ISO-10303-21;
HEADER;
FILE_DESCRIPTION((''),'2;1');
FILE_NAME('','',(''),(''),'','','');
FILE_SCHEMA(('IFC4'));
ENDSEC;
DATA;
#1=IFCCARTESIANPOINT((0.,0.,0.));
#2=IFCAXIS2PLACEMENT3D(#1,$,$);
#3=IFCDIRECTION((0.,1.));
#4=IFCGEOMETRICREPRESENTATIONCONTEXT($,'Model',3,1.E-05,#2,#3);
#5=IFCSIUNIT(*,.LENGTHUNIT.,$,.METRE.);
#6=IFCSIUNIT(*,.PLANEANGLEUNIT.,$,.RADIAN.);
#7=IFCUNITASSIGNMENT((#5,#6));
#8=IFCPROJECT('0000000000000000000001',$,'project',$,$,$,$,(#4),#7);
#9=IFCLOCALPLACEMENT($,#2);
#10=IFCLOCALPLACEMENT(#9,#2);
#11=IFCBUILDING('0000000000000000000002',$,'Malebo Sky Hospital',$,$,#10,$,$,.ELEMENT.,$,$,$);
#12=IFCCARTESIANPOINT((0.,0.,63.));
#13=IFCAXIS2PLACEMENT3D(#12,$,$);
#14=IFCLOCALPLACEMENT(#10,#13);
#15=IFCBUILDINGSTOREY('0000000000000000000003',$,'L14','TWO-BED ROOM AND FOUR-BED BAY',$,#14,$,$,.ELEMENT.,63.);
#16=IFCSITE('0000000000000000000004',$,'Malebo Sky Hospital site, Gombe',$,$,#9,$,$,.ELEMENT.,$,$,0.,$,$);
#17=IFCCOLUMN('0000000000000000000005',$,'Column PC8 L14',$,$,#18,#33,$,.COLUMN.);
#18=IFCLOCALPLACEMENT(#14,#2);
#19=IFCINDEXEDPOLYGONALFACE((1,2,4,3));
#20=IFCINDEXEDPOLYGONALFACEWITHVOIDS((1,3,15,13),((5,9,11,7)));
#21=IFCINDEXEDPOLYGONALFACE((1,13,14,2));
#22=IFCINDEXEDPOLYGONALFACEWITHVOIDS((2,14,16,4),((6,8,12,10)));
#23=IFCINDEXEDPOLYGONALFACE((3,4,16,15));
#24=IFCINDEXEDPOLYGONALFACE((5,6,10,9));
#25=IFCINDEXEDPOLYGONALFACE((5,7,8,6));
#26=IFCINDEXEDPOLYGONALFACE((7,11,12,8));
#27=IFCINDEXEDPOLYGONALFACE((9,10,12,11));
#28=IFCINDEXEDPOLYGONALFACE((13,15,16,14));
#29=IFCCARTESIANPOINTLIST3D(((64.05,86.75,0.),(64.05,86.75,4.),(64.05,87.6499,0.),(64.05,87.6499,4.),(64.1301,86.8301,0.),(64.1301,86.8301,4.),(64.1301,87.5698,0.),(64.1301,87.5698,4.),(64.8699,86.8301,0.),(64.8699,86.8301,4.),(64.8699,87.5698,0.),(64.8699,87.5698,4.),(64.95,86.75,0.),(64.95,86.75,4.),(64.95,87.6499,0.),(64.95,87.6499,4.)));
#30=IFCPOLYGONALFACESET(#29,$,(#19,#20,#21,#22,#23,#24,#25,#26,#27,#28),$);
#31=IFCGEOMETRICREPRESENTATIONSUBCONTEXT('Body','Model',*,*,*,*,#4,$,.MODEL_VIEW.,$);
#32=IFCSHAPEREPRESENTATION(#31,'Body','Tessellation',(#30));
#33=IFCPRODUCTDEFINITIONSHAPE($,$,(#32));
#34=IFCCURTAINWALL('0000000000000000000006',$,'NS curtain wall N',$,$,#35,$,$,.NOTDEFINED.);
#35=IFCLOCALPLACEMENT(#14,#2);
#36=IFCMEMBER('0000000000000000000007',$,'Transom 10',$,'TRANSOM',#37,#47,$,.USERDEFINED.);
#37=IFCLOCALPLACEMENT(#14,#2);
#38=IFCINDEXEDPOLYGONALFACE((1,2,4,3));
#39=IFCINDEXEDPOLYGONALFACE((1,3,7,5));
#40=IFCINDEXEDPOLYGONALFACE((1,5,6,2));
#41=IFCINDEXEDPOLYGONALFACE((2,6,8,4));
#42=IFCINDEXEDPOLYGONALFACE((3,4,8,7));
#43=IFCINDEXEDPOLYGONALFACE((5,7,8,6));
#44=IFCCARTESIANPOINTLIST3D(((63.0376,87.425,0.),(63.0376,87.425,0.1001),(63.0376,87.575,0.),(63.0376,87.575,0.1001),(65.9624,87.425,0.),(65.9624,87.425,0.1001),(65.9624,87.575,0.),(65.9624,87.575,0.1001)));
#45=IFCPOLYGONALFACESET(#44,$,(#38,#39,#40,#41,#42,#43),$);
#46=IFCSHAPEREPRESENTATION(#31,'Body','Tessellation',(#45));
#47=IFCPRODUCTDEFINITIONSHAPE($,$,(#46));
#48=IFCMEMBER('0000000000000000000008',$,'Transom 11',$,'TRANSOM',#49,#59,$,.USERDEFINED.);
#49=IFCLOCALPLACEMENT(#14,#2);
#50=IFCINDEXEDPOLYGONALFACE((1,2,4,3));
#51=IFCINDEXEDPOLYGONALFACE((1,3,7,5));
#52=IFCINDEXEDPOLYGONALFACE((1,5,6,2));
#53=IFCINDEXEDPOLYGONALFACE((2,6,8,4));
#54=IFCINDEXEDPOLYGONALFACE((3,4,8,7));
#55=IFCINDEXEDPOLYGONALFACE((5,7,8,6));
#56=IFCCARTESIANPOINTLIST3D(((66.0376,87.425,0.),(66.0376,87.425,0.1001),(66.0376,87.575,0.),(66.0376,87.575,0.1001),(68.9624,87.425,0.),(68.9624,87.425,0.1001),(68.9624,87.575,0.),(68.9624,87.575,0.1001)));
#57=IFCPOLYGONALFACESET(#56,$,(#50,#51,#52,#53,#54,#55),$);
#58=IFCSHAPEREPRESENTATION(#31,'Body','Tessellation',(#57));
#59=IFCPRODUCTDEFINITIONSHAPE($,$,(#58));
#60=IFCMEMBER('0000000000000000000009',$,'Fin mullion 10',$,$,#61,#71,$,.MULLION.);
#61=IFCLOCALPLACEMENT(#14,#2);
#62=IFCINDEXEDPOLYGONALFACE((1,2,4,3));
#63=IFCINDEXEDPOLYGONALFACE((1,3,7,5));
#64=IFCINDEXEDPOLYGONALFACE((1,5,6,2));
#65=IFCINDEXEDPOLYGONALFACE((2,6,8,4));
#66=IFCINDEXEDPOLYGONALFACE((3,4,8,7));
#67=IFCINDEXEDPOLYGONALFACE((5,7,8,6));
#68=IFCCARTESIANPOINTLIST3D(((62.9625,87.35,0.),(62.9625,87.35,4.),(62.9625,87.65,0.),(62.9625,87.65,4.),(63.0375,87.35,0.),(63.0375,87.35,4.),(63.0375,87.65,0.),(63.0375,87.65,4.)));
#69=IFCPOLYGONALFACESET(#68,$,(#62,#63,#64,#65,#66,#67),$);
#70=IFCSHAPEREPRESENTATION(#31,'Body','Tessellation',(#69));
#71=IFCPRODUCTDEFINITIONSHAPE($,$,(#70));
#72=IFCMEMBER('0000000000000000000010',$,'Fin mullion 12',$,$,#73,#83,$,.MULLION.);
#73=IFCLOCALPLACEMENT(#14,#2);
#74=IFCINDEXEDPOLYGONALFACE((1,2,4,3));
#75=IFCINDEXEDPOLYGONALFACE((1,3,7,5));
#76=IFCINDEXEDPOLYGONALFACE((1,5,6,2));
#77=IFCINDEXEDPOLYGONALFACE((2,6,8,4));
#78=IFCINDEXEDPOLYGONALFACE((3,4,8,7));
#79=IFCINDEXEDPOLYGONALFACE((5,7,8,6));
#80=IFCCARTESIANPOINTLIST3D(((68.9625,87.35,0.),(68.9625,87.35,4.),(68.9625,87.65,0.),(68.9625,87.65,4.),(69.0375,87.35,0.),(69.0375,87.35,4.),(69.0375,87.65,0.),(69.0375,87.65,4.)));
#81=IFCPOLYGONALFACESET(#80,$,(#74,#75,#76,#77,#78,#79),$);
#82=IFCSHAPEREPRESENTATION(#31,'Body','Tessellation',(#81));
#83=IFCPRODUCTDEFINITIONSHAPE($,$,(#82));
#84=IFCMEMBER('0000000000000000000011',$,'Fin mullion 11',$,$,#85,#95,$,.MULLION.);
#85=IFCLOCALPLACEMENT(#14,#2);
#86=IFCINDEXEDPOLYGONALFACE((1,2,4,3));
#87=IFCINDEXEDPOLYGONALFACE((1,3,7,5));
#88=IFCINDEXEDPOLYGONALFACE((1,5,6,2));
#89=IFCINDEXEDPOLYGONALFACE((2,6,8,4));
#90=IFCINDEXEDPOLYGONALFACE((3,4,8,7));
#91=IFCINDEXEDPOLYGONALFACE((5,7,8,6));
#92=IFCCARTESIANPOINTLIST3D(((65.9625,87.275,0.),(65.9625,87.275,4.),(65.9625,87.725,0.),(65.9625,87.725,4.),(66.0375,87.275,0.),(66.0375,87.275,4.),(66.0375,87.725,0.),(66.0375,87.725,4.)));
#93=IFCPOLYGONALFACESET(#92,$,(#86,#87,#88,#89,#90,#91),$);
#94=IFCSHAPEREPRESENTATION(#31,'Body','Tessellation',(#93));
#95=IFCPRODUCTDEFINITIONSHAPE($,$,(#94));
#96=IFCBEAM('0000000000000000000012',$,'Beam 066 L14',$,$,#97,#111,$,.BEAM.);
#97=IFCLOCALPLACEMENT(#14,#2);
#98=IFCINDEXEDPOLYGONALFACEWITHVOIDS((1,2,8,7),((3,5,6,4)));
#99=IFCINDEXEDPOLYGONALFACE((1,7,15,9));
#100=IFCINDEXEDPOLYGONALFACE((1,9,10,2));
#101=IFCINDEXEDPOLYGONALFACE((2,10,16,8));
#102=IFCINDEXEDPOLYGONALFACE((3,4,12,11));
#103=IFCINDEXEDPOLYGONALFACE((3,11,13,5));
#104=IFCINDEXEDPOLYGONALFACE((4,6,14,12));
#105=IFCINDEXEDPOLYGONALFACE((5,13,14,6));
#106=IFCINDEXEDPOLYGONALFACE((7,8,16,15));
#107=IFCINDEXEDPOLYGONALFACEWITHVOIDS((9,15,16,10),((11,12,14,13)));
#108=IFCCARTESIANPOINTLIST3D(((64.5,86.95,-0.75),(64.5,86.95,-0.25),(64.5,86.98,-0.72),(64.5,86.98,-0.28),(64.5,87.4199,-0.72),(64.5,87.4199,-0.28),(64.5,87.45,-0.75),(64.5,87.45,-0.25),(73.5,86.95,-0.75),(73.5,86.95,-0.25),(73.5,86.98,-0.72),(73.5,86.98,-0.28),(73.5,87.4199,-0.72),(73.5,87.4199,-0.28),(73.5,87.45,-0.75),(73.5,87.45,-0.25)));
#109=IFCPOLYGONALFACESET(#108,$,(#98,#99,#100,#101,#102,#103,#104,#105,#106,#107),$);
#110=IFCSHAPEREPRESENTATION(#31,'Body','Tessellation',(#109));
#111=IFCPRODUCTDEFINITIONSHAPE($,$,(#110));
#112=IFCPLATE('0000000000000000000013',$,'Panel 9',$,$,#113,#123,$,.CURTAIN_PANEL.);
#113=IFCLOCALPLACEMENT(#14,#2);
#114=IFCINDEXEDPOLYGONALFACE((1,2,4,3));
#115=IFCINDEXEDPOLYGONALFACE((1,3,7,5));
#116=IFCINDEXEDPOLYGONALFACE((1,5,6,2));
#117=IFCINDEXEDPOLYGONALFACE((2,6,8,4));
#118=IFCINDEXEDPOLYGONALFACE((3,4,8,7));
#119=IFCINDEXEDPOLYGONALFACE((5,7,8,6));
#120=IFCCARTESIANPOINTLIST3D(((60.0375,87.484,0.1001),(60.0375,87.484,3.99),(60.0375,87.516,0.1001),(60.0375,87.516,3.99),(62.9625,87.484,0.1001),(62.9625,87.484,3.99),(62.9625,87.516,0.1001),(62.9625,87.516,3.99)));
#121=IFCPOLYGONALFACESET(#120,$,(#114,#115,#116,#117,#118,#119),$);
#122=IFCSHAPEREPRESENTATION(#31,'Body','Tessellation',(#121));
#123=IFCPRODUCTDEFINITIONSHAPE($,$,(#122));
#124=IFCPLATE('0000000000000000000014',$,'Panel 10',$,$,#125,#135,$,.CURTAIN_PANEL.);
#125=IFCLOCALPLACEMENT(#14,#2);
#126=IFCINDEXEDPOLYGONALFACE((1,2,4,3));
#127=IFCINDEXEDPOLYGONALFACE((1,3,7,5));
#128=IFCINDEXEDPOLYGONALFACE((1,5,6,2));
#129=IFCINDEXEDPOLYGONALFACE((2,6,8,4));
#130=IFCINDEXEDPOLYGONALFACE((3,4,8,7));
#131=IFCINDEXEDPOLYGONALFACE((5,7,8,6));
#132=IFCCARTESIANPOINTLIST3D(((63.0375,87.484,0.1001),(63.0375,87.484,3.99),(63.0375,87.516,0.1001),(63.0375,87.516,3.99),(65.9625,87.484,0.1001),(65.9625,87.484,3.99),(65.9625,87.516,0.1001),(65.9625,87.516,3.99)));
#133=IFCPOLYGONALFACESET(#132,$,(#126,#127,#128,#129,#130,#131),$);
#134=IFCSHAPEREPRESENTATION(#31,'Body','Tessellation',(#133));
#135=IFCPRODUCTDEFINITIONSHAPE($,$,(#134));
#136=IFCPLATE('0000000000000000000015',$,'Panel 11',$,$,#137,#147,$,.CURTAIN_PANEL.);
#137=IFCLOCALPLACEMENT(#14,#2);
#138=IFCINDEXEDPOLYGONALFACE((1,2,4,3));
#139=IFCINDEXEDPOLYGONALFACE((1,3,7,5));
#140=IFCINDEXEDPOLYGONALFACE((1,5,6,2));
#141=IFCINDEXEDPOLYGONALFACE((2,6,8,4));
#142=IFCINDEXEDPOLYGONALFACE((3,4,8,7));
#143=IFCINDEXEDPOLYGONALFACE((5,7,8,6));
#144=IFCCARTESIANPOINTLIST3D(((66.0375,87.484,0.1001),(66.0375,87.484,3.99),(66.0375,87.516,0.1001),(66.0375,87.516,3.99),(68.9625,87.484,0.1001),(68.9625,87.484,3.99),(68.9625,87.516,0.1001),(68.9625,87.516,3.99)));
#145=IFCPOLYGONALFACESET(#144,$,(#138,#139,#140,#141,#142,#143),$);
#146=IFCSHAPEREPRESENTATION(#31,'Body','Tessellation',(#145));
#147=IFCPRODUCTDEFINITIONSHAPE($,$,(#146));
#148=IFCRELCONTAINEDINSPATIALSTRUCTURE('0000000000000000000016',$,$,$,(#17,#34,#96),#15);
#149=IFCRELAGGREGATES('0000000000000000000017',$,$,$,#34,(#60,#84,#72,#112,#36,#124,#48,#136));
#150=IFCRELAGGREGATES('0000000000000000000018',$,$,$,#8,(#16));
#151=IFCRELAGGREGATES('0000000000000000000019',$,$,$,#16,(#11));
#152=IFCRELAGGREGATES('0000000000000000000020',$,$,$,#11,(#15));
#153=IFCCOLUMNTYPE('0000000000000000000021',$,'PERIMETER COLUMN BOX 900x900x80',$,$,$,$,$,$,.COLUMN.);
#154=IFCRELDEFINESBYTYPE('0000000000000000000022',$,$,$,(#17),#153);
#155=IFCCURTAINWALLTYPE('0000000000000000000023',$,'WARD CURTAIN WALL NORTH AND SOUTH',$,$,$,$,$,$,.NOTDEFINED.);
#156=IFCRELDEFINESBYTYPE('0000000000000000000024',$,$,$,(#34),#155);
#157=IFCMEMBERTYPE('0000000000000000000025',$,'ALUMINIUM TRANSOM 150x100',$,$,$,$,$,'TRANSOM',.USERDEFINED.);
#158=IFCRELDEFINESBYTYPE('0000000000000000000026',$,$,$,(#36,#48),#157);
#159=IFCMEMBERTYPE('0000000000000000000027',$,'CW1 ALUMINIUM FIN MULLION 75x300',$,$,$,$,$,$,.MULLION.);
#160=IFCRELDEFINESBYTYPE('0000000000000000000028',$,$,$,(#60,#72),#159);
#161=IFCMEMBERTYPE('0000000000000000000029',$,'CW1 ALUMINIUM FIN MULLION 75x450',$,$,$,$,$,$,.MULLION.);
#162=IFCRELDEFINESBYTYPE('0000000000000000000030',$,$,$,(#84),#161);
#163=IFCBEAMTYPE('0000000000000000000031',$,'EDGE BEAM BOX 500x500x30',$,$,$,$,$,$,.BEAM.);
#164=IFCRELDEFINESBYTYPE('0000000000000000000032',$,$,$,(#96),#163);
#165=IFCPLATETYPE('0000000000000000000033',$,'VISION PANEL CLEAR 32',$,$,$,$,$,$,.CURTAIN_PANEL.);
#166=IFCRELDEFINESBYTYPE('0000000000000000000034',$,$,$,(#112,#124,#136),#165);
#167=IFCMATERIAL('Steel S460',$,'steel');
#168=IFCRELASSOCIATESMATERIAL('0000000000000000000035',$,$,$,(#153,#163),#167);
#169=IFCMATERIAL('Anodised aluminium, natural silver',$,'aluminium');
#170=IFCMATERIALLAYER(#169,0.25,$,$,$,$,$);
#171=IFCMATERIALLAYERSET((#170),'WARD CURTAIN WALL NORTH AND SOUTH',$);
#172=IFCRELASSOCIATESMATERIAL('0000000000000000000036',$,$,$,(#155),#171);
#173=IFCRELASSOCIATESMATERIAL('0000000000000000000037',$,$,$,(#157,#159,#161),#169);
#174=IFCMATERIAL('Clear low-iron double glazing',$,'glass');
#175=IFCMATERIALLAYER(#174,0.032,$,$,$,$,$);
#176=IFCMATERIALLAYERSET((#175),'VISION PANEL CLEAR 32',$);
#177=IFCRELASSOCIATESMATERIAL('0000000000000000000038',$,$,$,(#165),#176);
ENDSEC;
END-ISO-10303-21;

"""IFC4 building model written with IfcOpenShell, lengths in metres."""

from ifc_helpers import new_model, si_unit, direction, frame, origin, origin_2d, place, context, subcontext, project, spatial, rectangle, hollow_rectangle, extrude, material, layer, layer_set, material_profile, profile_set, type_object, element, aggregate, save


model = new_model("IFC4")

# Units and contexts
model_context = context("Model", 3, precision=1e-05, world=origin(), true_north=direction((0.0, 1.0)))
body_context = subcontext(model_context, "Body", "Model", "MODEL_VIEW")
ifc_project = project(units=[si_unit("LENGTHUNIT", "METRE"), si_unit("PLANEANGLEUNIT", "RADIAN")], contexts=[model_context])

# Site, building, storey
site_placement = place(None, origin())
site = spatial("IfcSite", under=ifc_project, at=site_placement, Name="Malebo Sky Hospital site, Gombe", CompositionType="ELEMENT", RefElevation=0.0)
building_placement = place(site_placement, origin())
building = spatial("IfcBuilding", under=site, at=building_placement, Name="Malebo Sky Hospital", CompositionType="ELEMENT")
storey_placement = place(building_placement, frame((0.0, 0.0, 63.0)))
storey = spatial("IfcBuildingStorey", under=building, at=storey_placement, Name="L14", Description="TWO-BED ROOM AND FOUR-BED BAY", CompositionType="ELEMENT", Elevation=63.0)

# Column
ifc_material_1 = material(Name="Steel S460", Category="steel")
ifc_material_profile_1 = material_profile(ifc_material_1, hollow_rectangle(XDim=0.8999, YDim=0.8999, WallThickness=0.0801, at=origin_2d()), Name="BOX 900x900x80")
ifc_profile_set_1 = profile_set([ifc_material_profile_1], Name="Steel S460")
column_type = type_object("IfcColumnType", Name="PERIMETER COLUMN BOX 900x900x80", PredefinedType="COLUMN", material=ifc_profile_set_1)
column_placement = place(storey_placement, frame((64.5, 87.2, 0.0), z_axis=(0.0, 0.0, 1.0), x_axis=(1.0, 0.0, 0.0)))
element("IfcColumn", 1, at=column_placement, inside=storey, type_object=column_type, Name="Column PC8 L14", PredefinedType="COLUMN", context=body_context, shape_type="SweptSolid", body=[
    extrude(hollow_rectangle(XDim=0.8999, YDim=0.8999, WallThickness=0.0801, at=origin_2d()), origin(), (0.0, 0.0, 1.0), 4.0),
])

# Curtain wall, members
ifc_material_2 = material(Name="Anodised aluminium, natural silver", Category="aluminium")
ifc_layer_1 = layer(ifc_material_2, 0.25)
ifc_layer_set_1 = layer_set([ifc_layer_1], Name="WARD CURTAIN WALL NORTH AND SOUTH")
curtain_wall_type = type_object("IfcCurtainWallType", Name="WARD CURTAIN WALL NORTH AND SOUTH", PredefinedType="NOTDEFINED", material=ifc_layer_set_1)
curtain_wall_placement = place(storey_placement, origin())
curtain_wall = element("IfcCurtainWall", 2, at=curtain_wall_placement, inside=storey, type_object=curtain_wall_type, Name="NS curtain wall N", PredefinedType="NOTDEFINED")
ifc_material_profile_2 = material_profile(ifc_material_2, rectangle(XDim=0.1499, YDim=0.1001, at=origin_2d()), Name="ALUMINIUM TRANSOM 150x100")
ifc_profile_set_2 = profile_set([ifc_material_profile_2], Name="Anodised aluminium, natural silver")
member_type_1 = type_object("IfcMemberType", Name="ALUMINIUM TRANSOM 150x100", ElementType="TRANSOM", PredefinedType="USERDEFINED", material=ifc_profile_set_2)
member_1_placement = place(storey_placement, frame((63.0376, 87.5, 0.05), z_axis=(1.0, 0.0, 0.0), x_axis=(0.0, 1.0, 0.0)))
member_1 = element("IfcMember", 3, at=member_1_placement, type_object=member_type_1, Name="Transom 10", ObjectType="TRANSOM", PredefinedType="USERDEFINED", context=body_context, shape_type="SweptSolid", body=[
    extrude(rectangle(XDim=0.1499, YDim=0.1001, at=origin_2d()), origin(), (0.0, 0.0, 1.0), 2.9248),
])
member_2_placement = place(storey_placement, frame((66.0376, 87.5, 0.05), z_axis=(1.0, 0.0, 0.0), x_axis=(0.0, 1.0, 0.0)))
member_2 = element("IfcMember", 4, at=member_2_placement, type_object=member_type_1, Name="Transom 11", ObjectType="TRANSOM", PredefinedType="USERDEFINED", context=body_context, shape_type="SweptSolid", body=[
    extrude(rectangle(XDim=0.1499, YDim=0.1001, at=origin_2d()), origin(), (0.0, 0.0, 1.0), 2.9248),
])
ifc_material_profile_3 = material_profile(ifc_material_2, rectangle(XDim=0.075, YDim=0.3, at=origin_2d()), Name="CW1 ALUMINIUM FIN MULLION 75x300")
ifc_profile_set_3 = profile_set([ifc_material_profile_3], Name="Anodised aluminium, natural silver")
member_type_2 = type_object("IfcMemberType", Name="CW1 ALUMINIUM FIN MULLION 75x300", PredefinedType="MULLION", material=ifc_profile_set_3)
member_3_placement = place(storey_placement, frame((63.0, 87.5, 0.0), z_axis=(0.0, 0.0, 1.0), x_axis=(1.0, 0.0, 0.0)))
member_3 = element("IfcMember", 5, at=member_3_placement, type_object=member_type_2, Name="Fin mullion 10", PredefinedType="MULLION", context=body_context, shape_type="SweptSolid", body=[
    extrude(rectangle(XDim=0.075, YDim=0.3, at=origin_2d()), origin(), (0.0, 0.0, 1.0), 4.0),
])
member_4_placement = place(storey_placement, frame((69.0, 87.5, 0.0), z_axis=(0.0, 0.0, 1.0), x_axis=(1.0, 0.0, 0.0)))
member_4 = element("IfcMember", 6, at=member_4_placement, type_object=member_type_2, Name="Fin mullion 12", PredefinedType="MULLION", context=body_context, shape_type="SweptSolid", body=[
    extrude(rectangle(XDim=0.075, YDim=0.3, at=origin_2d()), origin(), (0.0, 0.0, 1.0), 4.0),
])
ifc_material_profile_4 = material_profile(ifc_material_2, rectangle(XDim=0.075, YDim=0.45, at=origin_2d()), Name="CW1 ALUMINIUM FIN MULLION 75x450")
ifc_profile_set_4 = profile_set([ifc_material_profile_4], Name="Anodised aluminium, natural silver")
member_type_3 = type_object("IfcMemberType", Name="CW1 ALUMINIUM FIN MULLION 75x450", PredefinedType="MULLION", material=ifc_profile_set_4)
member_5_placement = place(storey_placement, frame((66.0, 87.5, 0.0), z_axis=(0.0, 0.0, 1.0), x_axis=(1.0, 0.0, 0.0)))
member_5 = element("IfcMember", 7, at=member_5_placement, type_object=member_type_3, Name="Fin mullion 11", PredefinedType="MULLION", context=body_context, shape_type="SweptSolid", body=[
    extrude(rectangle(XDim=0.075, YDim=0.45, at=origin_2d()), origin(), (0.0, 0.0, 1.0), 4.0),
])

# Beam
ifc_material_profile_5 = material_profile(ifc_material_1, hollow_rectangle(XDim=0.5, YDim=0.5, WallThickness=0.03, at=origin_2d()), Name="BOX 500x500x30")
ifc_profile_set_5 = profile_set([ifc_material_profile_5], Name="Steel S460")
beam_type = type_object("IfcBeamType", Name="EDGE BEAM BOX 500x500x30", PredefinedType="BEAM", material=ifc_profile_set_5)
beam_placement = place(storey_placement, frame((64.5, 87.2, -0.5), z_axis=(1.0, 0.0, 0.0), x_axis=(0.0, 1.0, 0.0)))
element("IfcBeam", 8, at=beam_placement, inside=storey, type_object=beam_type, Name="Beam 066 L14", PredefinedType="BEAM", context=body_context, shape_type="SweptSolid", body=[
    extrude(hollow_rectangle(XDim=0.5, YDim=0.5, WallThickness=0.03, at=origin_2d()), origin(), (0.0, 0.0, 1.0), 9.0),
])

# Plates
ifc_material_3 = material(Name="Clear low-iron double glazing", Category="glass")
ifc_layer_2 = layer(ifc_material_3, 0.032)
ifc_layer_set_2 = layer_set([ifc_layer_2], Name="VISION PANEL CLEAR 32")
plate_type = type_object("IfcPlateType", Name="VISION PANEL CLEAR 32", PredefinedType="CURTAIN_PANEL", material=ifc_layer_set_2)
plate_1_placement = place(storey_placement, frame((61.5, 87.5, 0.1001), z_axis=(0.0, 0.0, 1.0), x_axis=(1.0, 0.0, 0.0)))
plate_1 = element("IfcPlate", 9, at=plate_1_placement, type_object=plate_type, Name="Panel 9", PredefinedType="CURTAIN_PANEL", context=body_context, shape_type="SweptSolid", body=[
    extrude(rectangle(XDim=2.925, YDim=0.032, at=origin_2d()), origin(), (0.0, 0.0, 1.0), 3.8899),
])
plate_2_placement = place(storey_placement, frame((64.5, 87.5, 0.1001), z_axis=(0.0, 0.0, 1.0), x_axis=(1.0, 0.0, 0.0)))
plate_2 = element("IfcPlate", 10, at=plate_2_placement, type_object=plate_type, Name="Panel 10", PredefinedType="CURTAIN_PANEL", context=body_context, shape_type="SweptSolid", body=[
    extrude(rectangle(XDim=2.925, YDim=0.032, at=origin_2d()), origin(), (0.0, 0.0, 1.0), 3.8899),
])
plate_3_placement = place(storey_placement, frame((67.5, 87.5, 0.1001), z_axis=(0.0, 0.0, 1.0), x_axis=(1.0, 0.0, 0.0)))
plate_3 = element("IfcPlate", 11, at=plate_3_placement, type_object=plate_type, Name="Panel 11", PredefinedType="CURTAIN_PANEL", context=body_context, shape_type="SweptSolid", body=[
    extrude(rectangle(XDim=2.925, YDim=0.032, at=origin_2d()), origin(), (0.0, 0.0, 1.0), 3.8899),
])
aggregate(curtain_wall, [member_3, member_5, member_4, plate_1, member_1, plate_2, member_2, plate_3])

save(model, "model.ifc")
